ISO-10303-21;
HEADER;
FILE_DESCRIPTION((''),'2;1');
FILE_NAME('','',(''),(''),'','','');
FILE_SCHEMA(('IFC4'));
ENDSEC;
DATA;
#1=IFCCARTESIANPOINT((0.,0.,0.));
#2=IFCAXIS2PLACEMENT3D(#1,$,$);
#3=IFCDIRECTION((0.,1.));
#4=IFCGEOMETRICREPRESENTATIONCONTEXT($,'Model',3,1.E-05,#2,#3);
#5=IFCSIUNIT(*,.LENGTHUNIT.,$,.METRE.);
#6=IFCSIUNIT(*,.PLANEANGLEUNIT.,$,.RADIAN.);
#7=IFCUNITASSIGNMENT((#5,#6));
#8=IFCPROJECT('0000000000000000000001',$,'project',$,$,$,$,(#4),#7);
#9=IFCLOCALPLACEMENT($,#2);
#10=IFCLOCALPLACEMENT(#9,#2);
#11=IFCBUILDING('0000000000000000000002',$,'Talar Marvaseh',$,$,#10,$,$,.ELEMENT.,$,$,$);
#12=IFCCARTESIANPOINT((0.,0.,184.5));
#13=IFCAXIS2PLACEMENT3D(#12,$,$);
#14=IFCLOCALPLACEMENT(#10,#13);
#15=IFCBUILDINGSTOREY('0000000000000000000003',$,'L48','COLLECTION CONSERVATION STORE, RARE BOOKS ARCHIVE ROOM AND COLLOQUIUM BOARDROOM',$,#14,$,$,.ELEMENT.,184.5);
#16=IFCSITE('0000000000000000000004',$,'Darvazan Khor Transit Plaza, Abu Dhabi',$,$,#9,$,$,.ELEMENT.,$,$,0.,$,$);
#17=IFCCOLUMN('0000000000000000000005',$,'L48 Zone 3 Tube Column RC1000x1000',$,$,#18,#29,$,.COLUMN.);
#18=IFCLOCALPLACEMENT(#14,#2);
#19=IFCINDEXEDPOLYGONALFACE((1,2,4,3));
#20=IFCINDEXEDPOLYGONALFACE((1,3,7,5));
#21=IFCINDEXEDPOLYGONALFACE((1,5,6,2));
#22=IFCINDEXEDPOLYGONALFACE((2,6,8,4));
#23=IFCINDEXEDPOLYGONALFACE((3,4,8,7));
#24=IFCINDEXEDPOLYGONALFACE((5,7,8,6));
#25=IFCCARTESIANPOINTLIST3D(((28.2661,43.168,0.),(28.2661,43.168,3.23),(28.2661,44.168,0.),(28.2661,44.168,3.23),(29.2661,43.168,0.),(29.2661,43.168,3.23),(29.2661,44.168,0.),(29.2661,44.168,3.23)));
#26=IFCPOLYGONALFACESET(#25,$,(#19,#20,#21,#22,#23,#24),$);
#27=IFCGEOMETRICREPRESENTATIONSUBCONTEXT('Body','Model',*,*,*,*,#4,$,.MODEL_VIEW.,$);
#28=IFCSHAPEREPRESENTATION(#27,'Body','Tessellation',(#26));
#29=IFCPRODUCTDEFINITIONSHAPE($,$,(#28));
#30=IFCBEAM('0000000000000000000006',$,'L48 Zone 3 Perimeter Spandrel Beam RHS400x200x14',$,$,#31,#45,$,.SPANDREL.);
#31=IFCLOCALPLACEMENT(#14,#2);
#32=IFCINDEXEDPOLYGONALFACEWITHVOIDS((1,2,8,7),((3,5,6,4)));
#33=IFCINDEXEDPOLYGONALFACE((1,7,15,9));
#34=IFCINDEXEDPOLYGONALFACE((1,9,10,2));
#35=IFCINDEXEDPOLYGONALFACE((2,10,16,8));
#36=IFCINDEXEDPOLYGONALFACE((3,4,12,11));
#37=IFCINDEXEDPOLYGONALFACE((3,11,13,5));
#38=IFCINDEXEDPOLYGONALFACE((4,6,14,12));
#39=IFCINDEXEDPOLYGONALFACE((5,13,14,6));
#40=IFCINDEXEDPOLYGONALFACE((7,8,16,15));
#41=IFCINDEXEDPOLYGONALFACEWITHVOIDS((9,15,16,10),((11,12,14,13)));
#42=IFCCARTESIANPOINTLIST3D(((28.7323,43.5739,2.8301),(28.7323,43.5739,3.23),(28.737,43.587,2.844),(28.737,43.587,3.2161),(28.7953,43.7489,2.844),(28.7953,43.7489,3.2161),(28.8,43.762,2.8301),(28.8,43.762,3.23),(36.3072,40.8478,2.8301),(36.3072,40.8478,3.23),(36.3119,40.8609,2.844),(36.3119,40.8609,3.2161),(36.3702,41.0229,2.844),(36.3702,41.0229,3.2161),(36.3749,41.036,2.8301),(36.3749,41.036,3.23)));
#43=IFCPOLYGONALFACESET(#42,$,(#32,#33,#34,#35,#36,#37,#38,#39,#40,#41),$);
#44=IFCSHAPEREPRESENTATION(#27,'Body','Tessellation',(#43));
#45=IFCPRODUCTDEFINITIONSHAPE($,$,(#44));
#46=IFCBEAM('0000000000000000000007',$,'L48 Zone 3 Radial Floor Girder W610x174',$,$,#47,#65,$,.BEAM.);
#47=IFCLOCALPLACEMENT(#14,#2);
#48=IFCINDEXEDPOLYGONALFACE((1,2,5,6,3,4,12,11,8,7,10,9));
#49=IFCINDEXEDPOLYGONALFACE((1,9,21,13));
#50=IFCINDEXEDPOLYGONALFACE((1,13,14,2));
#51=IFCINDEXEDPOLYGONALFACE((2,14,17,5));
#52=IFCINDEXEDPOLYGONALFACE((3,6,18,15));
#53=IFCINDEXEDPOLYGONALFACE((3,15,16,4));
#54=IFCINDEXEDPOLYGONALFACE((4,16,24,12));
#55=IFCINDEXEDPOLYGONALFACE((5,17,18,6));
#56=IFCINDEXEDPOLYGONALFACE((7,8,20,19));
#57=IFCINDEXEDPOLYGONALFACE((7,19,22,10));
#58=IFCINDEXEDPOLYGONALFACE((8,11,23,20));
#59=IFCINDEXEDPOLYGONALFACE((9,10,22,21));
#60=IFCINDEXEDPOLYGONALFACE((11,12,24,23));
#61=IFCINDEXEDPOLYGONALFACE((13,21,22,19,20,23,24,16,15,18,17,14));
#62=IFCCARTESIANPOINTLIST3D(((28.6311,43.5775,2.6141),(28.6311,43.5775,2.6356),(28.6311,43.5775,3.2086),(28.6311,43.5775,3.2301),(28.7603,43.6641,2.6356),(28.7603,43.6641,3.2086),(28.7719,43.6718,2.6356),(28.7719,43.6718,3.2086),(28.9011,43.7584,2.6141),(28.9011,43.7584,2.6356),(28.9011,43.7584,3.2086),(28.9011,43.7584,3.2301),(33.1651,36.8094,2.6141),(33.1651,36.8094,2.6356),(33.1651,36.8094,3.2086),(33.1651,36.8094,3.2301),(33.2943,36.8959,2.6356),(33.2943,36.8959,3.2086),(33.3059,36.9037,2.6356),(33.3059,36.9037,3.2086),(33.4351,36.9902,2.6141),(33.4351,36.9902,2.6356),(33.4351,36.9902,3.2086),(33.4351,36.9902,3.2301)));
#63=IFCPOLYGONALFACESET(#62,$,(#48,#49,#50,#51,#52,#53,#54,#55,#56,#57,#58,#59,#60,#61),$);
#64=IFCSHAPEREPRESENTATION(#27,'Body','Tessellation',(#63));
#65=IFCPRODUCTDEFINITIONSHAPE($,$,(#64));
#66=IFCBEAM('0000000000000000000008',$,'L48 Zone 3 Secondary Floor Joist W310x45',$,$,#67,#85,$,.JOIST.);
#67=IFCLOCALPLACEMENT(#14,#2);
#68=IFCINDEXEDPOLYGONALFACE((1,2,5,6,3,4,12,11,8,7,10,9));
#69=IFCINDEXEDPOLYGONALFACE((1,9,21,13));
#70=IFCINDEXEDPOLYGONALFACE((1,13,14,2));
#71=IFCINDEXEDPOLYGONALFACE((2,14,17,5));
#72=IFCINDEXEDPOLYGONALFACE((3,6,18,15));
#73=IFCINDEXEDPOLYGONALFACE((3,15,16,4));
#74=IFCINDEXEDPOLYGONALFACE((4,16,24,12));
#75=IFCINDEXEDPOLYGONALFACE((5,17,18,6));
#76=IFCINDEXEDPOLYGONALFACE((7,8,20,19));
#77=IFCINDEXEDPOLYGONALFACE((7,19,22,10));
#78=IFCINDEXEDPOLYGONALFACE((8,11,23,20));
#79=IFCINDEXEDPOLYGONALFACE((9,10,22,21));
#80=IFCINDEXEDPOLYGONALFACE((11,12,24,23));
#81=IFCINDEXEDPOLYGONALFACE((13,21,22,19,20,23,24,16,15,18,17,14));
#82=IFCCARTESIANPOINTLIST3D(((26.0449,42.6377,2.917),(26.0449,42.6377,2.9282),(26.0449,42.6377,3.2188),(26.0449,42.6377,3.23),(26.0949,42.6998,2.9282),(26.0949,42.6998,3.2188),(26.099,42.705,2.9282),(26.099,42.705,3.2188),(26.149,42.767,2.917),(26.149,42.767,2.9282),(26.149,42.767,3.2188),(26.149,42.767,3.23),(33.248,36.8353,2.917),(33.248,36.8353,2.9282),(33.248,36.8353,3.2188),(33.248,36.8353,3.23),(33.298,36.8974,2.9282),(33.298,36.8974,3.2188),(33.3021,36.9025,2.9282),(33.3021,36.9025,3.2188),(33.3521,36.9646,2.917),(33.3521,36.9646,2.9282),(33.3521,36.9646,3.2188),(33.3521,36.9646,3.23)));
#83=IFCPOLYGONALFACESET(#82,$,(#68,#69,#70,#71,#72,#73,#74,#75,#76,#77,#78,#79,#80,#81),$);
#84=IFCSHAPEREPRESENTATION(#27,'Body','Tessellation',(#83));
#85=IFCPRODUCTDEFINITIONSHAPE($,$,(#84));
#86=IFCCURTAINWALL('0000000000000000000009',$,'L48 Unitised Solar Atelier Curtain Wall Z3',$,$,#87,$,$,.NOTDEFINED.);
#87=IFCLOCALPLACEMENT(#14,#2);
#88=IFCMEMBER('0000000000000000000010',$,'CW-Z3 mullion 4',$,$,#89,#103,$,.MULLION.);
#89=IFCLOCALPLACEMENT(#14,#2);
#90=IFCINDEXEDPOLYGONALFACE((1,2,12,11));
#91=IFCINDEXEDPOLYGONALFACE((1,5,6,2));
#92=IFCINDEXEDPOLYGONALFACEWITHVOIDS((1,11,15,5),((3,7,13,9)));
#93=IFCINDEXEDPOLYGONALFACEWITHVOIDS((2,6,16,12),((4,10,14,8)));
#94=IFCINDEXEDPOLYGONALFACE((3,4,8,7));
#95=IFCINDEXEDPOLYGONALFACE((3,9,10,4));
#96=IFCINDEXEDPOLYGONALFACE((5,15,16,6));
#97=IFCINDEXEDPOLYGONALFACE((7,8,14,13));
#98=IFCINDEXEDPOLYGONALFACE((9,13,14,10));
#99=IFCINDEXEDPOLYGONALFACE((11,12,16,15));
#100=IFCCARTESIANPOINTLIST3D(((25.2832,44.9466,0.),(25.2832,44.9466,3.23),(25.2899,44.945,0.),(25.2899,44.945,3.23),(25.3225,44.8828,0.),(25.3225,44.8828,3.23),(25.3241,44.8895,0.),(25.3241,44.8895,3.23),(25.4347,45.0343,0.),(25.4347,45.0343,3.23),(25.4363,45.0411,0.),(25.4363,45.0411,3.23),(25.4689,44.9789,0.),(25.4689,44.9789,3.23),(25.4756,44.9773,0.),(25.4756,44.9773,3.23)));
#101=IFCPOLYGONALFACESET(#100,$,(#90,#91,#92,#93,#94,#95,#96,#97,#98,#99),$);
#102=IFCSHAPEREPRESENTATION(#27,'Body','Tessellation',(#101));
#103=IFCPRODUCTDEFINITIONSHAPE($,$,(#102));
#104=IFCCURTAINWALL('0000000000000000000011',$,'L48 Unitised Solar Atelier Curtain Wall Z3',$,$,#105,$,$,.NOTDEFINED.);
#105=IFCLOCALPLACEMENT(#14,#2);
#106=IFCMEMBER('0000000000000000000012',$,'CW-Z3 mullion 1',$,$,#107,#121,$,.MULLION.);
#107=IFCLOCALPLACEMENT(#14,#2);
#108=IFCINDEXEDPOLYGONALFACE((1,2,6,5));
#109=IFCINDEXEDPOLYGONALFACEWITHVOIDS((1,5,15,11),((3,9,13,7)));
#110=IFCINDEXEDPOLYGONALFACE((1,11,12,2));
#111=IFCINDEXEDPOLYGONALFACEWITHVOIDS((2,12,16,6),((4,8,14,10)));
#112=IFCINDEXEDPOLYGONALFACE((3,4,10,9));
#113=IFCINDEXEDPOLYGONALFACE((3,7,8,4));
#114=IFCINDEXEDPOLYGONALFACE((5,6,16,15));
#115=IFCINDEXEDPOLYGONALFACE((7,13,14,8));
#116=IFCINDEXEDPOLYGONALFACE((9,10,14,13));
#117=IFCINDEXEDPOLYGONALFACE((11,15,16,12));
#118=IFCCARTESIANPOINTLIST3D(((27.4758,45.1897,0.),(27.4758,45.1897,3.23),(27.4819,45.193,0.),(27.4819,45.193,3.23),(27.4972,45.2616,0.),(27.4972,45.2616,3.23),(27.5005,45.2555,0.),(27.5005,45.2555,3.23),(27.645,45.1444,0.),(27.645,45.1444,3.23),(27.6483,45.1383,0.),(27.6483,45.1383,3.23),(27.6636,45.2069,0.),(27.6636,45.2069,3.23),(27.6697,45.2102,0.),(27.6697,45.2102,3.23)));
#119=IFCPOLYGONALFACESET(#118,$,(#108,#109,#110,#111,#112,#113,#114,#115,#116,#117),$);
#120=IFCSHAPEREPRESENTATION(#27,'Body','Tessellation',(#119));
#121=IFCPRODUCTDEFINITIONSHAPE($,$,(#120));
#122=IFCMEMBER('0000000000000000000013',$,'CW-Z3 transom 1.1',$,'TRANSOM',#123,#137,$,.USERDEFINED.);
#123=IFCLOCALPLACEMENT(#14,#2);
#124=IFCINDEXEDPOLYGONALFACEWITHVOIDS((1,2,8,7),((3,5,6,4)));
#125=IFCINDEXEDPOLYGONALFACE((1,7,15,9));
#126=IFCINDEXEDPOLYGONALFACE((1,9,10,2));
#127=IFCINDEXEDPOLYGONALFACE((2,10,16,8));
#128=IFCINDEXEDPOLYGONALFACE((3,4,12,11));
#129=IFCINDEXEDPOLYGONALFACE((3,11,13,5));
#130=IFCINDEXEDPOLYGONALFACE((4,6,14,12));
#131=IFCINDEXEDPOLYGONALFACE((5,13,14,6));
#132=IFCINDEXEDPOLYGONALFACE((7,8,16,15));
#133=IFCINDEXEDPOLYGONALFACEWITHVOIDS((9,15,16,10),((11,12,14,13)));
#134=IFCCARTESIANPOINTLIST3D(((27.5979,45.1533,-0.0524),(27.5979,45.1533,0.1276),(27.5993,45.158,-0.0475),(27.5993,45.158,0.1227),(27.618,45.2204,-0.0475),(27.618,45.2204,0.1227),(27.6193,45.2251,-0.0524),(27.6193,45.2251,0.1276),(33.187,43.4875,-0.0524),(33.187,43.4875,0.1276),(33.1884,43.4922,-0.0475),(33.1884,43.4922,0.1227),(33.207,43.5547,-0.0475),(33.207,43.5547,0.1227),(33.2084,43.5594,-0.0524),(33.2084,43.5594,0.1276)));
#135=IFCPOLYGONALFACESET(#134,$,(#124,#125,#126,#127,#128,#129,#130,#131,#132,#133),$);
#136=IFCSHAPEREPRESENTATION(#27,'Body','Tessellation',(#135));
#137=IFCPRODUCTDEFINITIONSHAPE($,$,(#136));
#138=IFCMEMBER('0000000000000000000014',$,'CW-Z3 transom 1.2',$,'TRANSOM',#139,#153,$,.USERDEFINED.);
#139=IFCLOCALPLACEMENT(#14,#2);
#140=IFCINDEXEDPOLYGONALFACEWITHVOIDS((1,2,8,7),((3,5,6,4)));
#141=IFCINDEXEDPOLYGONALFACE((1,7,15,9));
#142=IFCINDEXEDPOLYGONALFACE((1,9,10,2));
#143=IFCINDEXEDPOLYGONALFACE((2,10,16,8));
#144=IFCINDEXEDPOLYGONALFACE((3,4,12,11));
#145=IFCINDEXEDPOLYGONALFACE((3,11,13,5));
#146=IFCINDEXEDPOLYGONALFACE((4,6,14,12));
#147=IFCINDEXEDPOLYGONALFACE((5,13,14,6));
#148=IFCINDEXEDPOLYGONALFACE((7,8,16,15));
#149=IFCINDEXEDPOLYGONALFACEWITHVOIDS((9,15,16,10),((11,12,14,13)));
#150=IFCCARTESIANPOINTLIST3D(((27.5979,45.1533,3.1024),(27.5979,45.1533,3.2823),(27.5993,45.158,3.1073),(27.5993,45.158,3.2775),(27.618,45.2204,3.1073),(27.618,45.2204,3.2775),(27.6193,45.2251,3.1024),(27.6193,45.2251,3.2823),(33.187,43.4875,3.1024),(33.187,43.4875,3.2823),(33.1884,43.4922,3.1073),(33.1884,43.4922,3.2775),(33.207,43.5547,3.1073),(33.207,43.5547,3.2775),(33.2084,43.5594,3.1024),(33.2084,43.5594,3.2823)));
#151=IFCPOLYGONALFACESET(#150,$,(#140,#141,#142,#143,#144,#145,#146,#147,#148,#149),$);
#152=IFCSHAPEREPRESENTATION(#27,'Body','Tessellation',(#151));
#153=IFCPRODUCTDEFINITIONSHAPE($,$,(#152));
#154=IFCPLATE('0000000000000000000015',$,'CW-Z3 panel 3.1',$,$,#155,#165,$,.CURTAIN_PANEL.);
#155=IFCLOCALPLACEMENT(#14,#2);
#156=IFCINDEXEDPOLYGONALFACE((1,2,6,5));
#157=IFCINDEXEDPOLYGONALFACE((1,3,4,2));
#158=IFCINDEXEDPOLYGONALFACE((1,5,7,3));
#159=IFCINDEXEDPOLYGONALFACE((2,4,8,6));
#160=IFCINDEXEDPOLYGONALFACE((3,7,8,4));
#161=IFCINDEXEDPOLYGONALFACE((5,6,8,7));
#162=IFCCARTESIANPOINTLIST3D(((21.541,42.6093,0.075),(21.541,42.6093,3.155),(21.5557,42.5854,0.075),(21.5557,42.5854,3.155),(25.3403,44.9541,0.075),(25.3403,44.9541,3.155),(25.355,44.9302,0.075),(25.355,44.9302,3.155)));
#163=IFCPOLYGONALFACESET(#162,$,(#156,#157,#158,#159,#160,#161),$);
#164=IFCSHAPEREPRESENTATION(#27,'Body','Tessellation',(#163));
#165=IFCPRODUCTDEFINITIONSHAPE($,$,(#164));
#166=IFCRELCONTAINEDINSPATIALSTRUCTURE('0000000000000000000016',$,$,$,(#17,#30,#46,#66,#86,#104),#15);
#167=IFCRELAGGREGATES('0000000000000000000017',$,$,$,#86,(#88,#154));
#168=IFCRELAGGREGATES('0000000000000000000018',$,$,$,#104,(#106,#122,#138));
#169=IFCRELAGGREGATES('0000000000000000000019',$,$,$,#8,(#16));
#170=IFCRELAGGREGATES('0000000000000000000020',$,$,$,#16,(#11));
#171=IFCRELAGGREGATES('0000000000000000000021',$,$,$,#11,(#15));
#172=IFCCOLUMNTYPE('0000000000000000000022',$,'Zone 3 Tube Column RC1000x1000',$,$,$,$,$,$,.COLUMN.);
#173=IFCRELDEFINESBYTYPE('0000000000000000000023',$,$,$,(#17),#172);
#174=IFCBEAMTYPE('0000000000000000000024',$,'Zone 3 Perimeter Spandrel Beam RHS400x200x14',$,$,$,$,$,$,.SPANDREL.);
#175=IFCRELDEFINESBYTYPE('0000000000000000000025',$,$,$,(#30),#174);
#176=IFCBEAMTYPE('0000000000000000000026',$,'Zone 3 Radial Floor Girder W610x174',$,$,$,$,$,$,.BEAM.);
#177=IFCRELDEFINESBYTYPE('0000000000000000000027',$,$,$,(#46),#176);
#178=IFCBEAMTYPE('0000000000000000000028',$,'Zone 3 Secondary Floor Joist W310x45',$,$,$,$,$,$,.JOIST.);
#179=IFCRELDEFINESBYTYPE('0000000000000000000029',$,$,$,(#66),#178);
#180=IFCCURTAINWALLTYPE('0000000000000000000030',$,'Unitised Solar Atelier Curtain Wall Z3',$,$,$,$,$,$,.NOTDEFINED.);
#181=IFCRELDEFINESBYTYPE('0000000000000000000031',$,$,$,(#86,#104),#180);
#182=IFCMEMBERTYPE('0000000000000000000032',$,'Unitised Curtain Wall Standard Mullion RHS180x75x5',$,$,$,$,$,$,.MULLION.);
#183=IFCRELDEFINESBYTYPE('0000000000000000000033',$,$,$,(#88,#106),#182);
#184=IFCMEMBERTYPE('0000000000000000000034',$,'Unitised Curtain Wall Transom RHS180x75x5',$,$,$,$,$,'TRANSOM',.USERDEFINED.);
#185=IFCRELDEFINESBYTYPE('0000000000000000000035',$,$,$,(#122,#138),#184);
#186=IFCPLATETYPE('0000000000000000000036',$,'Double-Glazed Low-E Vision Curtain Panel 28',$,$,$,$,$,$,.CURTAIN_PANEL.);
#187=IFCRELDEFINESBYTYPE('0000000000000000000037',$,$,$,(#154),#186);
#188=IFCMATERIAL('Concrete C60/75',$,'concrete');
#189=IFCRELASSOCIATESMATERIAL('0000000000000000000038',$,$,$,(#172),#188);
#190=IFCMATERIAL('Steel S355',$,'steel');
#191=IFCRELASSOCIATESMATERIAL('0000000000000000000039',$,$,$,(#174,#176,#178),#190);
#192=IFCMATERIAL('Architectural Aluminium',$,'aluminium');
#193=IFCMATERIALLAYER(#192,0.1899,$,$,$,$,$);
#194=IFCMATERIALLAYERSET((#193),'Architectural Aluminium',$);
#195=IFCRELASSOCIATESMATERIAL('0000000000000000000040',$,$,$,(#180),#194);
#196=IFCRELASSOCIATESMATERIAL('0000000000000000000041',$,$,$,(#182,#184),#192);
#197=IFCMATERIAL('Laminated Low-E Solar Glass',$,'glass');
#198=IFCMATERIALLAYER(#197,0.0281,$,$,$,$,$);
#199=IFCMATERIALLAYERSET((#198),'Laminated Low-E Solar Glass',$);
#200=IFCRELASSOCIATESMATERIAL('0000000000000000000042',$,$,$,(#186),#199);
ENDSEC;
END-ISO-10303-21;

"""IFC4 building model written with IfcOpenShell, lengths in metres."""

from ifc_helpers import new_model, si_unit, direction, frame, origin, origin_2d, place, context, subcontext, project, spatial, rectangle, hollow_rectangle, i_section, extrude, source, transform, mapped, material, layer, layer_set, material_profile, profile_set, type_object, type_shapes, element, aggregate, save


model = new_model("IFC4")

# Units and contexts
model_context = context("Model", 3, precision=1e-05, world=origin(), true_north=direction((0.0, 1.0)))
body_context = subcontext(model_context, "Body", "Model", "MODEL_VIEW")
ifc_project = project(units=[si_unit("LENGTHUNIT", "METRE"), si_unit("PLANEANGLEUNIT", "RADIAN")], contexts=[model_context])

# Site, building, storey
site_placement = place(None, origin())
site = spatial("IfcSite", under=ifc_project, at=site_placement, Name="Darvazan Khor Transit Plaza, Abu Dhabi", CompositionType="ELEMENT", RefElevation=0.0)
building_placement = place(site_placement, origin())
building = spatial("IfcBuilding", under=site, at=building_placement, Name="Talar Marvaseh", CompositionType="ELEMENT")
storey_placement = place(building_placement, frame((0.0, 0.0, 184.5)))
storey = spatial("IfcBuildingStorey", under=building, at=storey_placement, Name="L48", Description="COLLECTION CONSERVATION STORE, RARE BOOKS ARCHIVE ROOM AND COLLOQUIUM BOARDROOM", CompositionType="ELEMENT", Elevation=184.5)

# Column
ifc_material_1 = material(Name="Concrete C60/75", Category="concrete")
ifc_material_profile_1 = material_profile(ifc_material_1, rectangle(XDim=1.0, YDim=1.0, at=origin_2d()), Name="RC1000x1000")
ifc_profile_set_1 = profile_set([ifc_material_profile_1], Name="Concrete C60/75")
column_type = type_object("IfcColumnType", Name="Zone 3 Tube Column RC1000x1000", PredefinedType="COLUMN", material=ifc_profile_set_1)
column_placement = place(storey_placement, frame((28.7661, 43.668, 0.0), z_axis=(0.0, 0.0, 1.0), x_axis=(1.0, 0.0, 0.0)))
element("IfcColumn", 1, at=column_placement, inside=storey, type_object=column_type, Name="L48 Zone 3 Tube Column RC1000x1000", PredefinedType="COLUMN", context=body_context, shape_type="SweptSolid", body=[
    extrude(rectangle(XDim=1.0, YDim=1.0, at=origin_2d()), origin(), (0.0, 0.0, 1.0), 3.23),
])

# Beams
ifc_material_2 = material(Name="Steel S355", Category="steel")
ifc_material_profile_2 = material_profile(ifc_material_2, hollow_rectangle(XDim=0.2, YDim=0.3999, WallThickness=0.0139, at=origin_2d()), Name="RHS400x200x14")
ifc_profile_set_2 = profile_set([ifc_material_profile_2], Name="Steel S355")
beam_type_1 = type_object("IfcBeamType", Name="Zone 3 Perimeter Spandrel Beam RHS400x200x14", PredefinedType="SPANDREL", material=ifc_profile_set_2)
beam_1_placement = place(storey_placement, frame((28.7661, 43.668, 3.03), z_axis=(0.940923, -0.33862, 0.0), x_axis=(0.33862, 0.940923, 0.0)))
element("IfcBeam", 2, at=beam_1_placement, inside=storey, type_object=beam_type_1, Name="L48 Zone 3 Perimeter Spandrel Beam RHS400x200x14", PredefinedType="SPANDREL", context=body_context, shape_type="SweptSolid", body=[
    extrude(hollow_rectangle(XDim=0.2, YDim=0.3999, WallThickness=0.0139, at=origin_2d()), origin(), (0.0, 0.0, 1.0), 8.0505),
])
ifc_material_profile_3 = material_profile(ifc_material_2, i_section(OverallWidth=0.325, OverallDepth=0.616, WebThickness=0.0139, FlangeThickness=0.0215, at=origin_2d()), Name="W610x174")
ifc_profile_set_3 = profile_set([ifc_material_profile_3], Name="Steel S355")
beam_type_2 = type_object("IfcBeamType", Name="Zone 3 Radial Floor Girder W610x174", PredefinedType="BEAM", material=ifc_profile_set_3)
beam_2_placement = place(storey_placement, frame((28.7661, 43.668, 2.9221), z_axis=(0.556559, -0.830808, 0.0), x_axis=(0.830808, 0.556559, 0.0)))
element("IfcBeam", 3, at=beam_2_placement, inside=storey, type_object=beam_type_2, Name="L48 Zone 3 Radial Floor Girder W610x174", PredefinedType="BEAM", context=body_context, shape_type="SweptSolid", body=[
    extrude(i_section(OverallWidth=0.325, OverallDepth=0.616, WebThickness=0.0139, FlangeThickness=0.0215, at=origin_2d()), origin(), (0.0, 0.0, 1.0), 8.1465),
])
ifc_material_profile_4 = material_profile(ifc_material_2, i_section(OverallWidth=0.166, OverallDepth=0.313, WebThickness=0.0066, FlangeThickness=0.0112, at=origin_2d()), Name="W310x45")
ifc_profile_set_4 = profile_set([ifc_material_profile_4], Name="Steel S355")
beam_type_3 = type_object("IfcBeamType", Name="Zone 3 Secondary Floor Joist W310x45", PredefinedType="JOIST", material=ifc_profile_set_4)
beam_3_placement = place(storey_placement, frame((26.0969, 42.7024, 3.0735), z_axis=(0.778755, -0.627328, 0.0), x_axis=(0.627328, 0.778755, 0.0)))
element("IfcBeam", 4, at=beam_3_placement, inside=storey, type_object=beam_type_3, Name="L48 Zone 3 Secondary Floor Joist W310x45", PredefinedType="JOIST", context=body_context, shape_type="SweptSolid", body=[
    extrude(i_section(OverallWidth=0.166, OverallDepth=0.313, WebThickness=0.0066, FlangeThickness=0.0112, at=origin_2d()), origin(), (0.0, 0.0, 1.0), 9.2495),
])

# Curtain wall, member
ifc_material_3 = material(Name="Architectural Aluminium", Category="aluminium")
ifc_layer_1 = layer(ifc_material_3, 0.1899)
ifc_layer_set_1 = layer_set([ifc_layer_1], Name="Architectural Aluminium")
curtain_wall_type = type_object("IfcCurtainWallType", Name="Unitised Solar Atelier Curtain Wall Z3", PredefinedType="NOTDEFINED", material=ifc_layer_set_1)
curtain_wall_1_placement = place(storey_placement, origin())
curtain_wall_1 = element("IfcCurtainWall", 5, at=curtain_wall_1_placement, inside=storey, type_object=curtain_wall_type, Name="L48 Unitised Solar Atelier Curtain Wall Z3", PredefinedType="NOTDEFINED")
ifc_material_profile_5 = material_profile(ifc_material_3, hollow_rectangle(XDim=0.075, YDim=0.1799, WallThickness=0.0049, at=origin_2d()), Name="RHS180x75x5")
ifc_profile_set_5 = profile_set([ifc_material_profile_5], Name="Architectural Aluminium")
member_type_1 = type_object("IfcMemberType", Name="Unitised Curtain Wall Standard Mullion RHS180x75x5", PredefinedType="MULLION", material=ifc_profile_set_5)
shared_shape_1 = source(origin(), body_context, "Body", "SweptSolid", [
    extrude(hollow_rectangle(XDim=0.075, YDim=0.1799, WallThickness=0.0049, at=origin_2d()), origin(), (0.0, 0.0, 1.0), 3.23),
])
type_shapes(member_type_1, [shared_shape_1])
member_1_placement = place(storey_placement, frame((25.3794, 44.9619, 0.0), z_axis=(0.0, 0.0, 1.0), x_axis=(-0.525203, 0.850977, 0.0)))
member_1 = element("IfcMember", 6, at=member_1_placement, type_object=member_type_1, Name="CW-Z3 mullion 4", PredefinedType="MULLION", context=body_context, shape_type="MappedRepresentation", body=[
    mapped(shared_shape_1, transform((0.0, 0.0, 0.0), x_axis=(1.0, 0.0, 0.0), y_axis=(0.0, 1.0, 0.0), z_axis=(0.0, 0.0, 1.0), scale=1.0)),
])

# Curtain wall, members
curtain_wall_2_placement = place(storey_placement, origin())
curtain_wall_2 = element("IfcCurtainWall", 7, at=curtain_wall_2_placement, inside=storey, type_object=curtain_wall_type, Name="L48 Unitised Solar Atelier Curtain Wall Z3", PredefinedType="NOTDEFINED")
member_2_placement = place(storey_placement, frame((27.5728, 45.2, 0.0), z_axis=(0.0, 0.0, 1.0), x_axis=(0.28563, 0.95834, 0.0)))
member_2 = element("IfcMember", 8, at=member_2_placement, type_object=member_type_1, Name="CW-Z3 mullion 1", PredefinedType="MULLION", context=body_context, shape_type="MappedRepresentation", body=[
    mapped(shared_shape_1, transform((0.0, 0.0, 0.0), x_axis=(1.0, 0.0, 0.0), y_axis=(0.0, 1.0, 0.0), z_axis=(0.0, 0.0, 1.0), scale=1.0)),
])
ifc_material_profile_6 = material_profile(ifc_material_3, hollow_rectangle(XDim=0.075, YDim=0.1799, WallThickness=0.0049, at=origin_2d()), Name="RHS180x75x5")
ifc_profile_set_6 = profile_set([ifc_material_profile_6], Name="Architectural Aluminium")
member_type_2 = type_object("IfcMemberType", Name="Unitised Curtain Wall Transom RHS180x75x5", ElementType="TRANSOM", PredefinedType="USERDEFINED", material=ifc_profile_set_6)
shared_shape_2 = source(origin(), body_context, "Body", "SweptSolid", [
    extrude(hollow_rectangle(XDim=0.075, YDim=0.1799, WallThickness=0.0049, at=origin_2d()), origin(), (0.0, 0.0, 1.0), 5.832),
])
type_shapes(member_type_2, [shared_shape_2])
member_3_placement = place(storey_placement, frame((27.6086, 45.1892, 0.0376), z_axis=(0.958342, -0.285623, 0.0), x_axis=(0.285623, 0.958342, 0.0)))
member_3 = element("IfcMember", 9, at=member_3_placement, type_object=member_type_2, Name="CW-Z3 transom 1.1", ObjectType="TRANSOM", PredefinedType="USERDEFINED", context=body_context, shape_type="MappedRepresentation", body=[
    mapped(shared_shape_2, transform((0.0, 0.0, 0.0), x_axis=(1.0, 0.0, 0.0), y_axis=(0.0, 1.0, 0.0), z_axis=(0.0, 0.0, 1.0), scale=1.0)),
])
member_4_placement = place(storey_placement, frame((27.6086, 45.1892, 3.1924), z_axis=(0.958342, -0.285623, 0.0), x_axis=(0.285623, 0.958342, 0.0)))
member_4 = element("IfcMember", 10, at=member_4_placement, type_object=member_type_2, Name="CW-Z3 transom 1.2", ObjectType="TRANSOM", PredefinedType="USERDEFINED", context=body_context, shape_type="MappedRepresentation", body=[
    mapped(shared_shape_2, transform((0.0, 0.0, 0.0), x_axis=(1.0, 0.0, 0.0), y_axis=(0.0, 1.0, 0.0), z_axis=(0.0, 0.0, 1.0), scale=1.0)),
])

# Plate
ifc_material_4 = material(Name="Laminated Low-E Solar Glass", Category="glass")
ifc_layer_2 = layer(ifc_material_4, 0.0281)
ifc_layer_set_2 = layer_set([ifc_layer_2], Name="Laminated Low-E Solar Glass")
plate_type = type_object("IfcPlateType", Name="Double-Glazed Low-E Vision Curtain Panel 28", PredefinedType="CURTAIN_PANEL", material=ifc_layer_set_2)
shared_shape_3 = source(origin(), body_context, "Body", "SweptSolid", [
    extrude(rectangle(XDim=4.4646, YDim=0.0281, at=origin_2d()), origin(), (0.0, 0.0, 1.0), 3.0801),
])
plate_1_placement = place(storey_placement, frame((23.448, 43.7698, 0.075), z_axis=(0.0, 0.0, 1.0), x_axis=(0.850977, 0.525203, 0.0)))
plate_1 = element("IfcPlate", 11, at=plate_1_placement, type_object=plate_type, Name="CW-Z3 panel 3.1", PredefinedType="CURTAIN_PANEL", context=body_context, shape_type="MappedRepresentation", body=[
    mapped(shared_shape_3, transform((0.0, 0.0, 0.0), x_axis=(1.0, 0.0, 0.0), y_axis=(0.0, 1.0, 0.0), z_axis=(0.0, 0.0, 1.0), scale=1.0)),
])
aggregate(curtain_wall_1, [member_1, plate_1])
aggregate(curtain_wall_2, [member_2, member_3, member_4])

save(model, "model.ifc")
